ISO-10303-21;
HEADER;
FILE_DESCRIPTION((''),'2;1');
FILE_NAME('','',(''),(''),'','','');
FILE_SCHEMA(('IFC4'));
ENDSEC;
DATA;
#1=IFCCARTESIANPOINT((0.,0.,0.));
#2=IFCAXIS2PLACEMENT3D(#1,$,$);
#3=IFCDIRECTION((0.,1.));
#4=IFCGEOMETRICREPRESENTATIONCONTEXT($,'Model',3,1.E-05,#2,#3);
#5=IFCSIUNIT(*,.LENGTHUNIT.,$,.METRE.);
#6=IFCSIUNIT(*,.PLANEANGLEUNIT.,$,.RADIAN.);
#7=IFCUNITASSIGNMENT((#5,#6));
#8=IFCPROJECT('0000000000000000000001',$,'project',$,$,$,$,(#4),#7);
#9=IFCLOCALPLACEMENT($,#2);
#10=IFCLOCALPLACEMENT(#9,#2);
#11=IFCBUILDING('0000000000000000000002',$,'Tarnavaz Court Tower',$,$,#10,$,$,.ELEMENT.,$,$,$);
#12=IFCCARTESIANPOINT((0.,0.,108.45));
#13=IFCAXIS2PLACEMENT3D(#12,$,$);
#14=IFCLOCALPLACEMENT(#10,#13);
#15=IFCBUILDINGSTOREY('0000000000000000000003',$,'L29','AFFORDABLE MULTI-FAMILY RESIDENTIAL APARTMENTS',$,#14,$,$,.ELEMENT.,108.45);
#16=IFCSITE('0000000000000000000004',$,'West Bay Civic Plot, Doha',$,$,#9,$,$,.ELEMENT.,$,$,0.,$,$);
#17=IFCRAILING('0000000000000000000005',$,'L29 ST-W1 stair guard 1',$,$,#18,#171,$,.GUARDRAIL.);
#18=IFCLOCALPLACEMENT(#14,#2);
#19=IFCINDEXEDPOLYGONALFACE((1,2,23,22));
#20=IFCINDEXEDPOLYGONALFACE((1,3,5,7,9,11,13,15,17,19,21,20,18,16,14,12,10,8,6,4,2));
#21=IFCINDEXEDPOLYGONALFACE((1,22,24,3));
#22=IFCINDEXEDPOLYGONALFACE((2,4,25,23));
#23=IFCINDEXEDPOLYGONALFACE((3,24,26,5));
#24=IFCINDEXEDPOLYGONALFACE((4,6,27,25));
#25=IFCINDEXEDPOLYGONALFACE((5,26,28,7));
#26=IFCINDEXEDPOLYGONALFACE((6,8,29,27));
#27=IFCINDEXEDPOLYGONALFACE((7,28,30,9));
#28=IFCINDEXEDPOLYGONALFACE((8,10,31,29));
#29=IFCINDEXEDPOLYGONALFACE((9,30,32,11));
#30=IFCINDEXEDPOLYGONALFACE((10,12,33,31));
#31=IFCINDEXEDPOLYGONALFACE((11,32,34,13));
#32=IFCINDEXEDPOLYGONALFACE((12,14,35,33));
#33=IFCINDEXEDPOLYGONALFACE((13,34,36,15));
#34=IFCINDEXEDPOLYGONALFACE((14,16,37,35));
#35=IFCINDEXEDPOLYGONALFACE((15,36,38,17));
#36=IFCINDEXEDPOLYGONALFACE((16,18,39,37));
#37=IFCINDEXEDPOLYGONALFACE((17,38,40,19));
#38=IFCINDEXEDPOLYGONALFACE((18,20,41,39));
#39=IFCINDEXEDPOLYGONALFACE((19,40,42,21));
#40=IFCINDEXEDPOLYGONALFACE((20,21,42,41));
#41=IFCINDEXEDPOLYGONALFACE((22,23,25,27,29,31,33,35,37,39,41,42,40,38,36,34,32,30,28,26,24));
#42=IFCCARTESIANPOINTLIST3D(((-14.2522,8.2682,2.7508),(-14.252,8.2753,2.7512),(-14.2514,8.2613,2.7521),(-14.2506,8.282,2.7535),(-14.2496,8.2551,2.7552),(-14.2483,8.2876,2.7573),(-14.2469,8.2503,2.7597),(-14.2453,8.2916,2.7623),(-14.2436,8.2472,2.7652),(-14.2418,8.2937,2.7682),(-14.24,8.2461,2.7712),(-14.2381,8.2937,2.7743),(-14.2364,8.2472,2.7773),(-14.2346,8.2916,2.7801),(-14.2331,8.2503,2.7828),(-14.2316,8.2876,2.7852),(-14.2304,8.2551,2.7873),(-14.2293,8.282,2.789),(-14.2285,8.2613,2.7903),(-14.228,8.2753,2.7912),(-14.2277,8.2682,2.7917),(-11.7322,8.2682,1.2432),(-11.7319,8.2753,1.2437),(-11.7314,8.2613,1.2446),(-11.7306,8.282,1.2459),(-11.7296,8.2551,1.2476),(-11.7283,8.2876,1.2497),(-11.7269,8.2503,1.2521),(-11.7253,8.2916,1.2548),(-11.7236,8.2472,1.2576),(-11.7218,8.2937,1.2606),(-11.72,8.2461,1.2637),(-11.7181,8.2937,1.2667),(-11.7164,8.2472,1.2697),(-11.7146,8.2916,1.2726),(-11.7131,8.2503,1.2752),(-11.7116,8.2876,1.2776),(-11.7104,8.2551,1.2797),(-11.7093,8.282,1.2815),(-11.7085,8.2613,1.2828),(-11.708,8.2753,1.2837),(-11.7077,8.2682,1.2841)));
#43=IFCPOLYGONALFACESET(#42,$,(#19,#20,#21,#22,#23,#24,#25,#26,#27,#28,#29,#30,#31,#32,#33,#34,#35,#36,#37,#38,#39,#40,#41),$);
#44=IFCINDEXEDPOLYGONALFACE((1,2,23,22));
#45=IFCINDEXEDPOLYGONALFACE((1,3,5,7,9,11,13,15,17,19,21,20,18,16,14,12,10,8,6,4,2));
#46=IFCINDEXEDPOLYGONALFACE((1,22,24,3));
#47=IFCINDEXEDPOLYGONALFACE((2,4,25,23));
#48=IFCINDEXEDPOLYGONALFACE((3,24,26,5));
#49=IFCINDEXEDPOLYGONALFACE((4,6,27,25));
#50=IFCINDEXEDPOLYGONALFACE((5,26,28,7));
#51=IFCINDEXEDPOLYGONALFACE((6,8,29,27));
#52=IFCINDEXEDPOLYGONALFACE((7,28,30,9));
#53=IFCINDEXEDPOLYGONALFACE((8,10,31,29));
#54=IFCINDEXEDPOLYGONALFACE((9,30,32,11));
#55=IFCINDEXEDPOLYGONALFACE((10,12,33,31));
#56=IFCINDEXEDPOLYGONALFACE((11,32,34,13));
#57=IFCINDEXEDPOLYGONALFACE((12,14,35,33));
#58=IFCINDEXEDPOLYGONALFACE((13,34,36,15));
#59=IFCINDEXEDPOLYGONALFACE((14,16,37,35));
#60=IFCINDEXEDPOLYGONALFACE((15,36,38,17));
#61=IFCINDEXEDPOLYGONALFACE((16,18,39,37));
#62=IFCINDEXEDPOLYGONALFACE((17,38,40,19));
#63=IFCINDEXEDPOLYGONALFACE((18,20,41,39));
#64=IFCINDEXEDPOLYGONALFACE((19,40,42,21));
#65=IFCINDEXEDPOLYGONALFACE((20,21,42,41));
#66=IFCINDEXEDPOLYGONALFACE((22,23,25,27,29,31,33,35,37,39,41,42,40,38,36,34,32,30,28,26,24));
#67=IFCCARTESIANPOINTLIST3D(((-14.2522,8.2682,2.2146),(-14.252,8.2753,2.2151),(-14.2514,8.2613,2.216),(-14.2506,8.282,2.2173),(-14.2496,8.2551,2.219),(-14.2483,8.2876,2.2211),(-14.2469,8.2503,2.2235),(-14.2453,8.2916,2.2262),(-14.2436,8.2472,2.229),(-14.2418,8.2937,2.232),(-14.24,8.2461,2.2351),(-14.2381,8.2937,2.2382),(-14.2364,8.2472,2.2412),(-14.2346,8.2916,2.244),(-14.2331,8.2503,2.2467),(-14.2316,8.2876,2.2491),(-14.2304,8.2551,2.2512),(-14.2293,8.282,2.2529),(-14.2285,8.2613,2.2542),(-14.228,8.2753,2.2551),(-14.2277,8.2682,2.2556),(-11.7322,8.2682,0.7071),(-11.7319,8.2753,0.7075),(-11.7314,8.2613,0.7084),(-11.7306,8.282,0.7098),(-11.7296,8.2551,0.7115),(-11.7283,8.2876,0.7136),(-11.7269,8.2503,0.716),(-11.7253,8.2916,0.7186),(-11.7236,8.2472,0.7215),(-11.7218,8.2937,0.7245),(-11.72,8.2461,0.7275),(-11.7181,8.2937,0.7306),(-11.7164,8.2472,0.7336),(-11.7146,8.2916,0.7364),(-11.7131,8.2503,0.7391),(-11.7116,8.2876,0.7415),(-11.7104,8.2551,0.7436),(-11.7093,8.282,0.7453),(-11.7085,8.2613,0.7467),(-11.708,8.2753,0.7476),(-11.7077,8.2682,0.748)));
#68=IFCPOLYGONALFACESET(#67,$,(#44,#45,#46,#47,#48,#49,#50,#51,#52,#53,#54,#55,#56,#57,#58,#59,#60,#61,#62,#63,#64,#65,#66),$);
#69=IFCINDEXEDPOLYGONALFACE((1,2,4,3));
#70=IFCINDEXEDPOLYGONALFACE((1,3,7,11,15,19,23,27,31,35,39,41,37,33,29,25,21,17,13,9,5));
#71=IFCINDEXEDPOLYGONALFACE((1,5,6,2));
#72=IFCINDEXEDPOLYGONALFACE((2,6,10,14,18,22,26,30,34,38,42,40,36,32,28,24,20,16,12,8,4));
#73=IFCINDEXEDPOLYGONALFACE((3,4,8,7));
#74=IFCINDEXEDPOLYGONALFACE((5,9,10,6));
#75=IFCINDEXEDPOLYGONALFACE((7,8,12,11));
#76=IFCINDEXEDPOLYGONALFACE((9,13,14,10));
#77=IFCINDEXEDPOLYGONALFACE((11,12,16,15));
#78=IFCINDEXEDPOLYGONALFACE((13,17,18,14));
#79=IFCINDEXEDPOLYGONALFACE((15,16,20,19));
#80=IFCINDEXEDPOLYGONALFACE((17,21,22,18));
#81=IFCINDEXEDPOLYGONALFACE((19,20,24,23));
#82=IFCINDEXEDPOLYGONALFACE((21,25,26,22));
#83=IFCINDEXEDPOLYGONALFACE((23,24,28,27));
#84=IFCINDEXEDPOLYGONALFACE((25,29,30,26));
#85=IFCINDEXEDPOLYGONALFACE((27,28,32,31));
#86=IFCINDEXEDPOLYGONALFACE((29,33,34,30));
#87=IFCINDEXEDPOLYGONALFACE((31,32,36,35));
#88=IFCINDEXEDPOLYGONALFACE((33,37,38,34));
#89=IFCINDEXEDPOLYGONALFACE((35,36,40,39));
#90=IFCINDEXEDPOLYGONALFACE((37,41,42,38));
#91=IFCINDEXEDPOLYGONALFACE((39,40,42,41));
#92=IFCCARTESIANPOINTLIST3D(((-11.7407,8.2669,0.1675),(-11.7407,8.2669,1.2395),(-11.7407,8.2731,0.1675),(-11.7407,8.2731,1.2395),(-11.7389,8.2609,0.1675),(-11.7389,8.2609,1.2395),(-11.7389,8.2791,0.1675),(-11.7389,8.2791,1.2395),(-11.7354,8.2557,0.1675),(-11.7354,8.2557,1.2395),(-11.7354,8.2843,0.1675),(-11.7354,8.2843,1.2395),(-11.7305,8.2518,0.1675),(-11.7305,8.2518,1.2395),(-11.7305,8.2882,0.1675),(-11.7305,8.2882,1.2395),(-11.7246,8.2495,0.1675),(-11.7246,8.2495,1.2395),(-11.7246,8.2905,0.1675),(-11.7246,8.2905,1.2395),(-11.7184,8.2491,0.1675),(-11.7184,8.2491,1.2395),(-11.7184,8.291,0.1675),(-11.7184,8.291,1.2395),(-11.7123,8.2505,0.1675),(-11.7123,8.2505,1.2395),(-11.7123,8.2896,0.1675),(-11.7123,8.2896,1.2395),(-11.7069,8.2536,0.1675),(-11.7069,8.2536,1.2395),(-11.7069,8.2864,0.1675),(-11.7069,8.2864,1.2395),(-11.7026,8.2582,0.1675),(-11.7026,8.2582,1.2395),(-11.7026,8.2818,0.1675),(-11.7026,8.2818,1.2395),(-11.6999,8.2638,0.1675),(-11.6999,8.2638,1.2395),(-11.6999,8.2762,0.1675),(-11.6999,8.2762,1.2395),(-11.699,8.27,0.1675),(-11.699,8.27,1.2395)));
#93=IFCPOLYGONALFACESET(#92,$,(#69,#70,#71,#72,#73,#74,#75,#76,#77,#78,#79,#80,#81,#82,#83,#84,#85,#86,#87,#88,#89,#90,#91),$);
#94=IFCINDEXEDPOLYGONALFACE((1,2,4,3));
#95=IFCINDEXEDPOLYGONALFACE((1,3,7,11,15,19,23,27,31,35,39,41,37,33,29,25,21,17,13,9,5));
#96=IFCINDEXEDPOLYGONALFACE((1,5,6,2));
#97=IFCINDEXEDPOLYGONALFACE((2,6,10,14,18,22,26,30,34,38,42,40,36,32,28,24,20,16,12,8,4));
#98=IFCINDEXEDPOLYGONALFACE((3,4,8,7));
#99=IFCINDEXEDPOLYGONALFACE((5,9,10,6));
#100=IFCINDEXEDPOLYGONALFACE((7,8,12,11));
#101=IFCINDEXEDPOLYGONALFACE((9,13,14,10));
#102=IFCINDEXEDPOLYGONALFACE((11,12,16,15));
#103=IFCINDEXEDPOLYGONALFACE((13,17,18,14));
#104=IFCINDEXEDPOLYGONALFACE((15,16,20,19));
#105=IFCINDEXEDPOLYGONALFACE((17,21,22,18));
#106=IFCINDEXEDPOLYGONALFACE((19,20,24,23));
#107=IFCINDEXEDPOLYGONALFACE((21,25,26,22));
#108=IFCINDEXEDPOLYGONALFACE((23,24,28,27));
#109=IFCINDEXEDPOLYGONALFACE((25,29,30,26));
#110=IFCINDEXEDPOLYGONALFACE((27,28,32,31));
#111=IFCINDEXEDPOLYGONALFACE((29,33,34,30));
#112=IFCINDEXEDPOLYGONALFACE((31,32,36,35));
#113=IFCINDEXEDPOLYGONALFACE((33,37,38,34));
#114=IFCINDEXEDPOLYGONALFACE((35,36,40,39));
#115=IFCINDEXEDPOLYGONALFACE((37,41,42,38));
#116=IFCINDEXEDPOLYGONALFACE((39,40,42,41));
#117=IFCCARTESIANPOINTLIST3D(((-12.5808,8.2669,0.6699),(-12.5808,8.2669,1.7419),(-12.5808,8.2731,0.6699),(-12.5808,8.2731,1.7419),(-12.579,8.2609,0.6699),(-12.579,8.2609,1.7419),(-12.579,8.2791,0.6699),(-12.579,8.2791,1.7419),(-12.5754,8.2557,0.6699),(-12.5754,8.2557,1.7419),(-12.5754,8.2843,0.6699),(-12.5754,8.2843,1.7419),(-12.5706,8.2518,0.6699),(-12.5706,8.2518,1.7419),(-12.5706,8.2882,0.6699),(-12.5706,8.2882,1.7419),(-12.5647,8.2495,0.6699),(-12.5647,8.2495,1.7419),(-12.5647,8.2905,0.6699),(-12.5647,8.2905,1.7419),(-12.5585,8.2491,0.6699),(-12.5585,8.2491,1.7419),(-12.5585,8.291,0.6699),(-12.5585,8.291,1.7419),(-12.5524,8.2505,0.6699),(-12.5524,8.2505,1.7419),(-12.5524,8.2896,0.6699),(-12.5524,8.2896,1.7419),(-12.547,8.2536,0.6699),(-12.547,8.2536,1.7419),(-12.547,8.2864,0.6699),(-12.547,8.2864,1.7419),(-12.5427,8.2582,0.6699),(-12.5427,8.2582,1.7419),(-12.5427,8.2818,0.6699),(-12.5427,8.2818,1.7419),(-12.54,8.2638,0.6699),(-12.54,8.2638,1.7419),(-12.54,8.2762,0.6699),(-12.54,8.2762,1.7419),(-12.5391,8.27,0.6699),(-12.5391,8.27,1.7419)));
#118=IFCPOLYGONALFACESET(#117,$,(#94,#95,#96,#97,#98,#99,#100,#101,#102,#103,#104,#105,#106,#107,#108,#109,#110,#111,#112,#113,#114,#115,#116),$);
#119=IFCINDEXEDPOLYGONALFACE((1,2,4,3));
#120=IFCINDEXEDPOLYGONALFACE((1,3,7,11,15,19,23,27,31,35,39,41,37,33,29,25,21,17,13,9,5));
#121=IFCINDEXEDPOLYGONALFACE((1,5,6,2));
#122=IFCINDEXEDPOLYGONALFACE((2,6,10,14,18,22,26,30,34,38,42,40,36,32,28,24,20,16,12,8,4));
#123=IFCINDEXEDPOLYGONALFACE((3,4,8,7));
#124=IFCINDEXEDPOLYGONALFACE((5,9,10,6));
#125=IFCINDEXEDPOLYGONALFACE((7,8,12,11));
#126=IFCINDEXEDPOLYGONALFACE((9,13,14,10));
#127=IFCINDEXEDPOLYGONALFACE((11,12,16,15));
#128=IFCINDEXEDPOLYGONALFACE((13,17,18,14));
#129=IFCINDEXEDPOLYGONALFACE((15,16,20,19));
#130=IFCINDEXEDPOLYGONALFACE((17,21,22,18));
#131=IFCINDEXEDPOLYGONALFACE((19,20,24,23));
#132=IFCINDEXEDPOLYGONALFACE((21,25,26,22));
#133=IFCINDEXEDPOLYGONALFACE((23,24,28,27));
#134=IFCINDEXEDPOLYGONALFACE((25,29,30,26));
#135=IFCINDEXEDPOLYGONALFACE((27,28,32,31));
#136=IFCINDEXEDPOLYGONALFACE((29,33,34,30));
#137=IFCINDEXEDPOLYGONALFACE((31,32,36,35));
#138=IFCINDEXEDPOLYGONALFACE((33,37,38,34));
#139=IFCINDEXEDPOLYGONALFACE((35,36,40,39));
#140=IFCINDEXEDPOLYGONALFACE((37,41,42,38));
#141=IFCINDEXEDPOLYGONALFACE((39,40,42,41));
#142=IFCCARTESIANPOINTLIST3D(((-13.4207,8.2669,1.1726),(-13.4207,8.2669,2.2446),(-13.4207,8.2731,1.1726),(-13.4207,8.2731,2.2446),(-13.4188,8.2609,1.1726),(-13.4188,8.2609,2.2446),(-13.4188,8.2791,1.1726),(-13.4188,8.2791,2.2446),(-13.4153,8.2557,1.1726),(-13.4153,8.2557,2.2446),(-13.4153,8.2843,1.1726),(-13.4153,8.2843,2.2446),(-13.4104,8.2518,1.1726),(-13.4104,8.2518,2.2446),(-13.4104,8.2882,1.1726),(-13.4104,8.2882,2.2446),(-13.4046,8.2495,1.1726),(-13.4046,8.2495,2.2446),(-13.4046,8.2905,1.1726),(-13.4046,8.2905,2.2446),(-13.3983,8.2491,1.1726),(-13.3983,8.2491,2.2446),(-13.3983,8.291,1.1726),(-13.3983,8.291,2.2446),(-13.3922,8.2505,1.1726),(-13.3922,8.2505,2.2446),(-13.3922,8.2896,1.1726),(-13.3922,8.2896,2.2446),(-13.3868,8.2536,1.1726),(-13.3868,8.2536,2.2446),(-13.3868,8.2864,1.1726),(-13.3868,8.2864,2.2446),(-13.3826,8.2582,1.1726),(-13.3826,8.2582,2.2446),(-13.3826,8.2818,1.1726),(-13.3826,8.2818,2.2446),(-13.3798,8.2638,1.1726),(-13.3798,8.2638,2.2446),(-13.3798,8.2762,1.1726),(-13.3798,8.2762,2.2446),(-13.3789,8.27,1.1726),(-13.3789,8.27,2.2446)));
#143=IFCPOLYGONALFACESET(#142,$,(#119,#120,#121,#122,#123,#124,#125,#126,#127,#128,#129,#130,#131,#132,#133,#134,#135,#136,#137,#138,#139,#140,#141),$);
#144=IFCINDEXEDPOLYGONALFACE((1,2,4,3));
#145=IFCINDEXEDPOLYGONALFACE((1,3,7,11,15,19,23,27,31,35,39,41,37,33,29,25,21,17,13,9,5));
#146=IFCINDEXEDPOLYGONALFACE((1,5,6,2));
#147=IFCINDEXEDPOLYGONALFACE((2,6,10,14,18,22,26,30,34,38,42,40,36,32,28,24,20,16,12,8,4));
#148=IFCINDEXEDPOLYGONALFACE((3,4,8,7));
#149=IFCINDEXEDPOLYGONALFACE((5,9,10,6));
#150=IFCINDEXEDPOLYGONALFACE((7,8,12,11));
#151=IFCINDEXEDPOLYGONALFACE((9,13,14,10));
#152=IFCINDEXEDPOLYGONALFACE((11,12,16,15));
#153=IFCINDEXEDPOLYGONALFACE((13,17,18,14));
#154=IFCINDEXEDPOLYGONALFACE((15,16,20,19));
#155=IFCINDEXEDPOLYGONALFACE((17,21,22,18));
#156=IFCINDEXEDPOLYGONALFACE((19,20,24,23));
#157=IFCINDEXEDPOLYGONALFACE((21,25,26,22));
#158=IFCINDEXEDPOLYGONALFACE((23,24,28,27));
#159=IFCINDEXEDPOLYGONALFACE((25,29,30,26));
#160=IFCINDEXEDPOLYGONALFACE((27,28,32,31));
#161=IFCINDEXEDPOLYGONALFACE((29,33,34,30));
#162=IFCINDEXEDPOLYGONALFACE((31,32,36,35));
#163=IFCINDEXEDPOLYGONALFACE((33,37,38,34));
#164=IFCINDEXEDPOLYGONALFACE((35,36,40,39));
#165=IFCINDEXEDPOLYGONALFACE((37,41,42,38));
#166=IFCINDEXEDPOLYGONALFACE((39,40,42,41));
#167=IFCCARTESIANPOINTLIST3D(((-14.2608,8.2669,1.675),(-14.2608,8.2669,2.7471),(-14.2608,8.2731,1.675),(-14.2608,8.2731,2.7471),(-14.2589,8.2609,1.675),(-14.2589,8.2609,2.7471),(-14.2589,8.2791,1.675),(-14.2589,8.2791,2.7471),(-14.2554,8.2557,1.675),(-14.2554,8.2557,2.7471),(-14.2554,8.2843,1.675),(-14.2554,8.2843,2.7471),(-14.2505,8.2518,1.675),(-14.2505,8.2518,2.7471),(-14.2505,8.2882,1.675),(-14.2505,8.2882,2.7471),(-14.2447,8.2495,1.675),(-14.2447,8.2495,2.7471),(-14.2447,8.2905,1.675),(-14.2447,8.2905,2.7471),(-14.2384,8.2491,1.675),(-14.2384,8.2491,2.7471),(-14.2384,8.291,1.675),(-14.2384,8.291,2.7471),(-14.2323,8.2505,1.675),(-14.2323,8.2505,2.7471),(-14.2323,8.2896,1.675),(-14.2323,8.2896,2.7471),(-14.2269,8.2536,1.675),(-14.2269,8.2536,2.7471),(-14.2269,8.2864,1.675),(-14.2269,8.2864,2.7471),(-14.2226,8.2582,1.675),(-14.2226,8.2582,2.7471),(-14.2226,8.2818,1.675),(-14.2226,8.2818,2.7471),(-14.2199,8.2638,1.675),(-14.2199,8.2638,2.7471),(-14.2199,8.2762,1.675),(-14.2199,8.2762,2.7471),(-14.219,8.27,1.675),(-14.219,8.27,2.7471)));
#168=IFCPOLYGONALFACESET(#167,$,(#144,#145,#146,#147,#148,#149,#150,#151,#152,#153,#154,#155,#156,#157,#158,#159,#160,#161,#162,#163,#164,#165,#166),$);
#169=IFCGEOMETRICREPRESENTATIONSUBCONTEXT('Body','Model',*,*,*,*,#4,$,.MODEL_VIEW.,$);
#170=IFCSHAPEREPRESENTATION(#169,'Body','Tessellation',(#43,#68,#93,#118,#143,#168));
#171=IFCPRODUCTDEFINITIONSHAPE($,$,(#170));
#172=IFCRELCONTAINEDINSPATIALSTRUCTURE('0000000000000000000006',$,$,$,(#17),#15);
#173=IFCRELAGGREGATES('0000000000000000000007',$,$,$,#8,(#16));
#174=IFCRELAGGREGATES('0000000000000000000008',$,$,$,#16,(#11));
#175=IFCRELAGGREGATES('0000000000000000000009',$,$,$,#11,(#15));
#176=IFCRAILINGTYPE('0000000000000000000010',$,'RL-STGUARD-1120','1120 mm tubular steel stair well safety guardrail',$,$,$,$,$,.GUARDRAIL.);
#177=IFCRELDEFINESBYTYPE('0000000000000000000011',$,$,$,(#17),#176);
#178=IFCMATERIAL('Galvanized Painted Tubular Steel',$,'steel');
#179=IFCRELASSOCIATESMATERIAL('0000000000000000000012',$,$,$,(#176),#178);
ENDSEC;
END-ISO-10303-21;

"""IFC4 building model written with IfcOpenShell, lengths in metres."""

from ifc_helpers import new_model, si_unit, direction, frame, origin, origin_2d, place, context, subcontext, project, spatial, circle, extrude, material, type_object, element, save


model = new_model("IFC4")

# Units and contexts
model_context = context("Model", 3, precision=1e-05, world=origin(), true_north=direction((0.0, 1.0)))
body_context = subcontext(model_context, "Body", "Model", "MODEL_VIEW")
ifc_project = project(units=[si_unit("LENGTHUNIT", "METRE"), si_unit("PLANEANGLEUNIT", "RADIAN")], contexts=[model_context])

# Site, building, storey
site_placement = place(None, origin())
site = spatial("IfcSite", under=ifc_project, at=site_placement, Name="West Bay Civic Plot, Doha", CompositionType="ELEMENT", RefElevation=0.0)
building_placement = place(site_placement, origin())
building = spatial("IfcBuilding", under=site, at=building_placement, Name="Tarnavaz Court Tower", CompositionType="ELEMENT")
storey_placement = place(building_placement, frame((0.0, 0.0, 108.45)))
storey = spatial("IfcBuildingStorey", under=building, at=storey_placement, Name="L29", Description="AFFORDABLE MULTI-FAMILY RESIDENTIAL APARTMENTS", CompositionType="ELEMENT", Elevation=108.45)

# Railing
ifc_material_1 = material(Name="Galvanized Painted Tubular Steel", Category="steel")
railing_type_1 = type_object("IfcRailingType", Name="RL-STGUARD-1120", Description="1120 mm tubular steel stair well safety guardrail", PredefinedType="GUARDRAIL", material=ifc_material_1)
railing_1_placement = place(storey_placement, frame((-11.72, 8.27, 0.1675)))
element("IfcRailing", 1, at=railing_1_placement, inside=storey, type_object=railing_type_1, Name="L29 ST-W1 stair guard 1", PredefinedType="GUARDRAIL", context=body_context, shape_type="SweptSolid", body=[
    extrude(circle(Radius=0.0239, at=origin_2d()), frame((0.0, 0.0, 1.0962), z_axis=(-0.85816, 0.0, 0.513383), x_axis=(0.0, -1.0, 0.0)), (0.0, 0.0, 1.0), 2.9365),
    extrude(circle(Radius=0.0239, at=origin_2d()), frame((0.0, 0.0, 0.5601), z_axis=(-0.85816, 0.0, 0.513383), x_axis=(0.0, -1.0, 0.0)), (0.0, 0.0, 1.0), 2.9365),
    extrude(circle(Radius=0.021, at=origin_2d()), origin(), (0.0, 0.0, 1.0), 1.072),
    extrude(circle(Radius=0.021, at=origin_2d()), frame((-0.8401, 0.0, 0.5024)), (0.0, 0.0, 1.0), 1.072),
    extrude(circle(Radius=0.021, at=origin_2d()), frame((-1.6799, 0.0, 1.0051)), (0.0, 0.0, 1.0), 1.072),
    extrude(circle(Radius=0.021, at=origin_2d()), frame((-2.52, 0.0, 1.5076)), (0.0, 0.0, 1.0), 1.072),
])

save(model, "model.ifc")
